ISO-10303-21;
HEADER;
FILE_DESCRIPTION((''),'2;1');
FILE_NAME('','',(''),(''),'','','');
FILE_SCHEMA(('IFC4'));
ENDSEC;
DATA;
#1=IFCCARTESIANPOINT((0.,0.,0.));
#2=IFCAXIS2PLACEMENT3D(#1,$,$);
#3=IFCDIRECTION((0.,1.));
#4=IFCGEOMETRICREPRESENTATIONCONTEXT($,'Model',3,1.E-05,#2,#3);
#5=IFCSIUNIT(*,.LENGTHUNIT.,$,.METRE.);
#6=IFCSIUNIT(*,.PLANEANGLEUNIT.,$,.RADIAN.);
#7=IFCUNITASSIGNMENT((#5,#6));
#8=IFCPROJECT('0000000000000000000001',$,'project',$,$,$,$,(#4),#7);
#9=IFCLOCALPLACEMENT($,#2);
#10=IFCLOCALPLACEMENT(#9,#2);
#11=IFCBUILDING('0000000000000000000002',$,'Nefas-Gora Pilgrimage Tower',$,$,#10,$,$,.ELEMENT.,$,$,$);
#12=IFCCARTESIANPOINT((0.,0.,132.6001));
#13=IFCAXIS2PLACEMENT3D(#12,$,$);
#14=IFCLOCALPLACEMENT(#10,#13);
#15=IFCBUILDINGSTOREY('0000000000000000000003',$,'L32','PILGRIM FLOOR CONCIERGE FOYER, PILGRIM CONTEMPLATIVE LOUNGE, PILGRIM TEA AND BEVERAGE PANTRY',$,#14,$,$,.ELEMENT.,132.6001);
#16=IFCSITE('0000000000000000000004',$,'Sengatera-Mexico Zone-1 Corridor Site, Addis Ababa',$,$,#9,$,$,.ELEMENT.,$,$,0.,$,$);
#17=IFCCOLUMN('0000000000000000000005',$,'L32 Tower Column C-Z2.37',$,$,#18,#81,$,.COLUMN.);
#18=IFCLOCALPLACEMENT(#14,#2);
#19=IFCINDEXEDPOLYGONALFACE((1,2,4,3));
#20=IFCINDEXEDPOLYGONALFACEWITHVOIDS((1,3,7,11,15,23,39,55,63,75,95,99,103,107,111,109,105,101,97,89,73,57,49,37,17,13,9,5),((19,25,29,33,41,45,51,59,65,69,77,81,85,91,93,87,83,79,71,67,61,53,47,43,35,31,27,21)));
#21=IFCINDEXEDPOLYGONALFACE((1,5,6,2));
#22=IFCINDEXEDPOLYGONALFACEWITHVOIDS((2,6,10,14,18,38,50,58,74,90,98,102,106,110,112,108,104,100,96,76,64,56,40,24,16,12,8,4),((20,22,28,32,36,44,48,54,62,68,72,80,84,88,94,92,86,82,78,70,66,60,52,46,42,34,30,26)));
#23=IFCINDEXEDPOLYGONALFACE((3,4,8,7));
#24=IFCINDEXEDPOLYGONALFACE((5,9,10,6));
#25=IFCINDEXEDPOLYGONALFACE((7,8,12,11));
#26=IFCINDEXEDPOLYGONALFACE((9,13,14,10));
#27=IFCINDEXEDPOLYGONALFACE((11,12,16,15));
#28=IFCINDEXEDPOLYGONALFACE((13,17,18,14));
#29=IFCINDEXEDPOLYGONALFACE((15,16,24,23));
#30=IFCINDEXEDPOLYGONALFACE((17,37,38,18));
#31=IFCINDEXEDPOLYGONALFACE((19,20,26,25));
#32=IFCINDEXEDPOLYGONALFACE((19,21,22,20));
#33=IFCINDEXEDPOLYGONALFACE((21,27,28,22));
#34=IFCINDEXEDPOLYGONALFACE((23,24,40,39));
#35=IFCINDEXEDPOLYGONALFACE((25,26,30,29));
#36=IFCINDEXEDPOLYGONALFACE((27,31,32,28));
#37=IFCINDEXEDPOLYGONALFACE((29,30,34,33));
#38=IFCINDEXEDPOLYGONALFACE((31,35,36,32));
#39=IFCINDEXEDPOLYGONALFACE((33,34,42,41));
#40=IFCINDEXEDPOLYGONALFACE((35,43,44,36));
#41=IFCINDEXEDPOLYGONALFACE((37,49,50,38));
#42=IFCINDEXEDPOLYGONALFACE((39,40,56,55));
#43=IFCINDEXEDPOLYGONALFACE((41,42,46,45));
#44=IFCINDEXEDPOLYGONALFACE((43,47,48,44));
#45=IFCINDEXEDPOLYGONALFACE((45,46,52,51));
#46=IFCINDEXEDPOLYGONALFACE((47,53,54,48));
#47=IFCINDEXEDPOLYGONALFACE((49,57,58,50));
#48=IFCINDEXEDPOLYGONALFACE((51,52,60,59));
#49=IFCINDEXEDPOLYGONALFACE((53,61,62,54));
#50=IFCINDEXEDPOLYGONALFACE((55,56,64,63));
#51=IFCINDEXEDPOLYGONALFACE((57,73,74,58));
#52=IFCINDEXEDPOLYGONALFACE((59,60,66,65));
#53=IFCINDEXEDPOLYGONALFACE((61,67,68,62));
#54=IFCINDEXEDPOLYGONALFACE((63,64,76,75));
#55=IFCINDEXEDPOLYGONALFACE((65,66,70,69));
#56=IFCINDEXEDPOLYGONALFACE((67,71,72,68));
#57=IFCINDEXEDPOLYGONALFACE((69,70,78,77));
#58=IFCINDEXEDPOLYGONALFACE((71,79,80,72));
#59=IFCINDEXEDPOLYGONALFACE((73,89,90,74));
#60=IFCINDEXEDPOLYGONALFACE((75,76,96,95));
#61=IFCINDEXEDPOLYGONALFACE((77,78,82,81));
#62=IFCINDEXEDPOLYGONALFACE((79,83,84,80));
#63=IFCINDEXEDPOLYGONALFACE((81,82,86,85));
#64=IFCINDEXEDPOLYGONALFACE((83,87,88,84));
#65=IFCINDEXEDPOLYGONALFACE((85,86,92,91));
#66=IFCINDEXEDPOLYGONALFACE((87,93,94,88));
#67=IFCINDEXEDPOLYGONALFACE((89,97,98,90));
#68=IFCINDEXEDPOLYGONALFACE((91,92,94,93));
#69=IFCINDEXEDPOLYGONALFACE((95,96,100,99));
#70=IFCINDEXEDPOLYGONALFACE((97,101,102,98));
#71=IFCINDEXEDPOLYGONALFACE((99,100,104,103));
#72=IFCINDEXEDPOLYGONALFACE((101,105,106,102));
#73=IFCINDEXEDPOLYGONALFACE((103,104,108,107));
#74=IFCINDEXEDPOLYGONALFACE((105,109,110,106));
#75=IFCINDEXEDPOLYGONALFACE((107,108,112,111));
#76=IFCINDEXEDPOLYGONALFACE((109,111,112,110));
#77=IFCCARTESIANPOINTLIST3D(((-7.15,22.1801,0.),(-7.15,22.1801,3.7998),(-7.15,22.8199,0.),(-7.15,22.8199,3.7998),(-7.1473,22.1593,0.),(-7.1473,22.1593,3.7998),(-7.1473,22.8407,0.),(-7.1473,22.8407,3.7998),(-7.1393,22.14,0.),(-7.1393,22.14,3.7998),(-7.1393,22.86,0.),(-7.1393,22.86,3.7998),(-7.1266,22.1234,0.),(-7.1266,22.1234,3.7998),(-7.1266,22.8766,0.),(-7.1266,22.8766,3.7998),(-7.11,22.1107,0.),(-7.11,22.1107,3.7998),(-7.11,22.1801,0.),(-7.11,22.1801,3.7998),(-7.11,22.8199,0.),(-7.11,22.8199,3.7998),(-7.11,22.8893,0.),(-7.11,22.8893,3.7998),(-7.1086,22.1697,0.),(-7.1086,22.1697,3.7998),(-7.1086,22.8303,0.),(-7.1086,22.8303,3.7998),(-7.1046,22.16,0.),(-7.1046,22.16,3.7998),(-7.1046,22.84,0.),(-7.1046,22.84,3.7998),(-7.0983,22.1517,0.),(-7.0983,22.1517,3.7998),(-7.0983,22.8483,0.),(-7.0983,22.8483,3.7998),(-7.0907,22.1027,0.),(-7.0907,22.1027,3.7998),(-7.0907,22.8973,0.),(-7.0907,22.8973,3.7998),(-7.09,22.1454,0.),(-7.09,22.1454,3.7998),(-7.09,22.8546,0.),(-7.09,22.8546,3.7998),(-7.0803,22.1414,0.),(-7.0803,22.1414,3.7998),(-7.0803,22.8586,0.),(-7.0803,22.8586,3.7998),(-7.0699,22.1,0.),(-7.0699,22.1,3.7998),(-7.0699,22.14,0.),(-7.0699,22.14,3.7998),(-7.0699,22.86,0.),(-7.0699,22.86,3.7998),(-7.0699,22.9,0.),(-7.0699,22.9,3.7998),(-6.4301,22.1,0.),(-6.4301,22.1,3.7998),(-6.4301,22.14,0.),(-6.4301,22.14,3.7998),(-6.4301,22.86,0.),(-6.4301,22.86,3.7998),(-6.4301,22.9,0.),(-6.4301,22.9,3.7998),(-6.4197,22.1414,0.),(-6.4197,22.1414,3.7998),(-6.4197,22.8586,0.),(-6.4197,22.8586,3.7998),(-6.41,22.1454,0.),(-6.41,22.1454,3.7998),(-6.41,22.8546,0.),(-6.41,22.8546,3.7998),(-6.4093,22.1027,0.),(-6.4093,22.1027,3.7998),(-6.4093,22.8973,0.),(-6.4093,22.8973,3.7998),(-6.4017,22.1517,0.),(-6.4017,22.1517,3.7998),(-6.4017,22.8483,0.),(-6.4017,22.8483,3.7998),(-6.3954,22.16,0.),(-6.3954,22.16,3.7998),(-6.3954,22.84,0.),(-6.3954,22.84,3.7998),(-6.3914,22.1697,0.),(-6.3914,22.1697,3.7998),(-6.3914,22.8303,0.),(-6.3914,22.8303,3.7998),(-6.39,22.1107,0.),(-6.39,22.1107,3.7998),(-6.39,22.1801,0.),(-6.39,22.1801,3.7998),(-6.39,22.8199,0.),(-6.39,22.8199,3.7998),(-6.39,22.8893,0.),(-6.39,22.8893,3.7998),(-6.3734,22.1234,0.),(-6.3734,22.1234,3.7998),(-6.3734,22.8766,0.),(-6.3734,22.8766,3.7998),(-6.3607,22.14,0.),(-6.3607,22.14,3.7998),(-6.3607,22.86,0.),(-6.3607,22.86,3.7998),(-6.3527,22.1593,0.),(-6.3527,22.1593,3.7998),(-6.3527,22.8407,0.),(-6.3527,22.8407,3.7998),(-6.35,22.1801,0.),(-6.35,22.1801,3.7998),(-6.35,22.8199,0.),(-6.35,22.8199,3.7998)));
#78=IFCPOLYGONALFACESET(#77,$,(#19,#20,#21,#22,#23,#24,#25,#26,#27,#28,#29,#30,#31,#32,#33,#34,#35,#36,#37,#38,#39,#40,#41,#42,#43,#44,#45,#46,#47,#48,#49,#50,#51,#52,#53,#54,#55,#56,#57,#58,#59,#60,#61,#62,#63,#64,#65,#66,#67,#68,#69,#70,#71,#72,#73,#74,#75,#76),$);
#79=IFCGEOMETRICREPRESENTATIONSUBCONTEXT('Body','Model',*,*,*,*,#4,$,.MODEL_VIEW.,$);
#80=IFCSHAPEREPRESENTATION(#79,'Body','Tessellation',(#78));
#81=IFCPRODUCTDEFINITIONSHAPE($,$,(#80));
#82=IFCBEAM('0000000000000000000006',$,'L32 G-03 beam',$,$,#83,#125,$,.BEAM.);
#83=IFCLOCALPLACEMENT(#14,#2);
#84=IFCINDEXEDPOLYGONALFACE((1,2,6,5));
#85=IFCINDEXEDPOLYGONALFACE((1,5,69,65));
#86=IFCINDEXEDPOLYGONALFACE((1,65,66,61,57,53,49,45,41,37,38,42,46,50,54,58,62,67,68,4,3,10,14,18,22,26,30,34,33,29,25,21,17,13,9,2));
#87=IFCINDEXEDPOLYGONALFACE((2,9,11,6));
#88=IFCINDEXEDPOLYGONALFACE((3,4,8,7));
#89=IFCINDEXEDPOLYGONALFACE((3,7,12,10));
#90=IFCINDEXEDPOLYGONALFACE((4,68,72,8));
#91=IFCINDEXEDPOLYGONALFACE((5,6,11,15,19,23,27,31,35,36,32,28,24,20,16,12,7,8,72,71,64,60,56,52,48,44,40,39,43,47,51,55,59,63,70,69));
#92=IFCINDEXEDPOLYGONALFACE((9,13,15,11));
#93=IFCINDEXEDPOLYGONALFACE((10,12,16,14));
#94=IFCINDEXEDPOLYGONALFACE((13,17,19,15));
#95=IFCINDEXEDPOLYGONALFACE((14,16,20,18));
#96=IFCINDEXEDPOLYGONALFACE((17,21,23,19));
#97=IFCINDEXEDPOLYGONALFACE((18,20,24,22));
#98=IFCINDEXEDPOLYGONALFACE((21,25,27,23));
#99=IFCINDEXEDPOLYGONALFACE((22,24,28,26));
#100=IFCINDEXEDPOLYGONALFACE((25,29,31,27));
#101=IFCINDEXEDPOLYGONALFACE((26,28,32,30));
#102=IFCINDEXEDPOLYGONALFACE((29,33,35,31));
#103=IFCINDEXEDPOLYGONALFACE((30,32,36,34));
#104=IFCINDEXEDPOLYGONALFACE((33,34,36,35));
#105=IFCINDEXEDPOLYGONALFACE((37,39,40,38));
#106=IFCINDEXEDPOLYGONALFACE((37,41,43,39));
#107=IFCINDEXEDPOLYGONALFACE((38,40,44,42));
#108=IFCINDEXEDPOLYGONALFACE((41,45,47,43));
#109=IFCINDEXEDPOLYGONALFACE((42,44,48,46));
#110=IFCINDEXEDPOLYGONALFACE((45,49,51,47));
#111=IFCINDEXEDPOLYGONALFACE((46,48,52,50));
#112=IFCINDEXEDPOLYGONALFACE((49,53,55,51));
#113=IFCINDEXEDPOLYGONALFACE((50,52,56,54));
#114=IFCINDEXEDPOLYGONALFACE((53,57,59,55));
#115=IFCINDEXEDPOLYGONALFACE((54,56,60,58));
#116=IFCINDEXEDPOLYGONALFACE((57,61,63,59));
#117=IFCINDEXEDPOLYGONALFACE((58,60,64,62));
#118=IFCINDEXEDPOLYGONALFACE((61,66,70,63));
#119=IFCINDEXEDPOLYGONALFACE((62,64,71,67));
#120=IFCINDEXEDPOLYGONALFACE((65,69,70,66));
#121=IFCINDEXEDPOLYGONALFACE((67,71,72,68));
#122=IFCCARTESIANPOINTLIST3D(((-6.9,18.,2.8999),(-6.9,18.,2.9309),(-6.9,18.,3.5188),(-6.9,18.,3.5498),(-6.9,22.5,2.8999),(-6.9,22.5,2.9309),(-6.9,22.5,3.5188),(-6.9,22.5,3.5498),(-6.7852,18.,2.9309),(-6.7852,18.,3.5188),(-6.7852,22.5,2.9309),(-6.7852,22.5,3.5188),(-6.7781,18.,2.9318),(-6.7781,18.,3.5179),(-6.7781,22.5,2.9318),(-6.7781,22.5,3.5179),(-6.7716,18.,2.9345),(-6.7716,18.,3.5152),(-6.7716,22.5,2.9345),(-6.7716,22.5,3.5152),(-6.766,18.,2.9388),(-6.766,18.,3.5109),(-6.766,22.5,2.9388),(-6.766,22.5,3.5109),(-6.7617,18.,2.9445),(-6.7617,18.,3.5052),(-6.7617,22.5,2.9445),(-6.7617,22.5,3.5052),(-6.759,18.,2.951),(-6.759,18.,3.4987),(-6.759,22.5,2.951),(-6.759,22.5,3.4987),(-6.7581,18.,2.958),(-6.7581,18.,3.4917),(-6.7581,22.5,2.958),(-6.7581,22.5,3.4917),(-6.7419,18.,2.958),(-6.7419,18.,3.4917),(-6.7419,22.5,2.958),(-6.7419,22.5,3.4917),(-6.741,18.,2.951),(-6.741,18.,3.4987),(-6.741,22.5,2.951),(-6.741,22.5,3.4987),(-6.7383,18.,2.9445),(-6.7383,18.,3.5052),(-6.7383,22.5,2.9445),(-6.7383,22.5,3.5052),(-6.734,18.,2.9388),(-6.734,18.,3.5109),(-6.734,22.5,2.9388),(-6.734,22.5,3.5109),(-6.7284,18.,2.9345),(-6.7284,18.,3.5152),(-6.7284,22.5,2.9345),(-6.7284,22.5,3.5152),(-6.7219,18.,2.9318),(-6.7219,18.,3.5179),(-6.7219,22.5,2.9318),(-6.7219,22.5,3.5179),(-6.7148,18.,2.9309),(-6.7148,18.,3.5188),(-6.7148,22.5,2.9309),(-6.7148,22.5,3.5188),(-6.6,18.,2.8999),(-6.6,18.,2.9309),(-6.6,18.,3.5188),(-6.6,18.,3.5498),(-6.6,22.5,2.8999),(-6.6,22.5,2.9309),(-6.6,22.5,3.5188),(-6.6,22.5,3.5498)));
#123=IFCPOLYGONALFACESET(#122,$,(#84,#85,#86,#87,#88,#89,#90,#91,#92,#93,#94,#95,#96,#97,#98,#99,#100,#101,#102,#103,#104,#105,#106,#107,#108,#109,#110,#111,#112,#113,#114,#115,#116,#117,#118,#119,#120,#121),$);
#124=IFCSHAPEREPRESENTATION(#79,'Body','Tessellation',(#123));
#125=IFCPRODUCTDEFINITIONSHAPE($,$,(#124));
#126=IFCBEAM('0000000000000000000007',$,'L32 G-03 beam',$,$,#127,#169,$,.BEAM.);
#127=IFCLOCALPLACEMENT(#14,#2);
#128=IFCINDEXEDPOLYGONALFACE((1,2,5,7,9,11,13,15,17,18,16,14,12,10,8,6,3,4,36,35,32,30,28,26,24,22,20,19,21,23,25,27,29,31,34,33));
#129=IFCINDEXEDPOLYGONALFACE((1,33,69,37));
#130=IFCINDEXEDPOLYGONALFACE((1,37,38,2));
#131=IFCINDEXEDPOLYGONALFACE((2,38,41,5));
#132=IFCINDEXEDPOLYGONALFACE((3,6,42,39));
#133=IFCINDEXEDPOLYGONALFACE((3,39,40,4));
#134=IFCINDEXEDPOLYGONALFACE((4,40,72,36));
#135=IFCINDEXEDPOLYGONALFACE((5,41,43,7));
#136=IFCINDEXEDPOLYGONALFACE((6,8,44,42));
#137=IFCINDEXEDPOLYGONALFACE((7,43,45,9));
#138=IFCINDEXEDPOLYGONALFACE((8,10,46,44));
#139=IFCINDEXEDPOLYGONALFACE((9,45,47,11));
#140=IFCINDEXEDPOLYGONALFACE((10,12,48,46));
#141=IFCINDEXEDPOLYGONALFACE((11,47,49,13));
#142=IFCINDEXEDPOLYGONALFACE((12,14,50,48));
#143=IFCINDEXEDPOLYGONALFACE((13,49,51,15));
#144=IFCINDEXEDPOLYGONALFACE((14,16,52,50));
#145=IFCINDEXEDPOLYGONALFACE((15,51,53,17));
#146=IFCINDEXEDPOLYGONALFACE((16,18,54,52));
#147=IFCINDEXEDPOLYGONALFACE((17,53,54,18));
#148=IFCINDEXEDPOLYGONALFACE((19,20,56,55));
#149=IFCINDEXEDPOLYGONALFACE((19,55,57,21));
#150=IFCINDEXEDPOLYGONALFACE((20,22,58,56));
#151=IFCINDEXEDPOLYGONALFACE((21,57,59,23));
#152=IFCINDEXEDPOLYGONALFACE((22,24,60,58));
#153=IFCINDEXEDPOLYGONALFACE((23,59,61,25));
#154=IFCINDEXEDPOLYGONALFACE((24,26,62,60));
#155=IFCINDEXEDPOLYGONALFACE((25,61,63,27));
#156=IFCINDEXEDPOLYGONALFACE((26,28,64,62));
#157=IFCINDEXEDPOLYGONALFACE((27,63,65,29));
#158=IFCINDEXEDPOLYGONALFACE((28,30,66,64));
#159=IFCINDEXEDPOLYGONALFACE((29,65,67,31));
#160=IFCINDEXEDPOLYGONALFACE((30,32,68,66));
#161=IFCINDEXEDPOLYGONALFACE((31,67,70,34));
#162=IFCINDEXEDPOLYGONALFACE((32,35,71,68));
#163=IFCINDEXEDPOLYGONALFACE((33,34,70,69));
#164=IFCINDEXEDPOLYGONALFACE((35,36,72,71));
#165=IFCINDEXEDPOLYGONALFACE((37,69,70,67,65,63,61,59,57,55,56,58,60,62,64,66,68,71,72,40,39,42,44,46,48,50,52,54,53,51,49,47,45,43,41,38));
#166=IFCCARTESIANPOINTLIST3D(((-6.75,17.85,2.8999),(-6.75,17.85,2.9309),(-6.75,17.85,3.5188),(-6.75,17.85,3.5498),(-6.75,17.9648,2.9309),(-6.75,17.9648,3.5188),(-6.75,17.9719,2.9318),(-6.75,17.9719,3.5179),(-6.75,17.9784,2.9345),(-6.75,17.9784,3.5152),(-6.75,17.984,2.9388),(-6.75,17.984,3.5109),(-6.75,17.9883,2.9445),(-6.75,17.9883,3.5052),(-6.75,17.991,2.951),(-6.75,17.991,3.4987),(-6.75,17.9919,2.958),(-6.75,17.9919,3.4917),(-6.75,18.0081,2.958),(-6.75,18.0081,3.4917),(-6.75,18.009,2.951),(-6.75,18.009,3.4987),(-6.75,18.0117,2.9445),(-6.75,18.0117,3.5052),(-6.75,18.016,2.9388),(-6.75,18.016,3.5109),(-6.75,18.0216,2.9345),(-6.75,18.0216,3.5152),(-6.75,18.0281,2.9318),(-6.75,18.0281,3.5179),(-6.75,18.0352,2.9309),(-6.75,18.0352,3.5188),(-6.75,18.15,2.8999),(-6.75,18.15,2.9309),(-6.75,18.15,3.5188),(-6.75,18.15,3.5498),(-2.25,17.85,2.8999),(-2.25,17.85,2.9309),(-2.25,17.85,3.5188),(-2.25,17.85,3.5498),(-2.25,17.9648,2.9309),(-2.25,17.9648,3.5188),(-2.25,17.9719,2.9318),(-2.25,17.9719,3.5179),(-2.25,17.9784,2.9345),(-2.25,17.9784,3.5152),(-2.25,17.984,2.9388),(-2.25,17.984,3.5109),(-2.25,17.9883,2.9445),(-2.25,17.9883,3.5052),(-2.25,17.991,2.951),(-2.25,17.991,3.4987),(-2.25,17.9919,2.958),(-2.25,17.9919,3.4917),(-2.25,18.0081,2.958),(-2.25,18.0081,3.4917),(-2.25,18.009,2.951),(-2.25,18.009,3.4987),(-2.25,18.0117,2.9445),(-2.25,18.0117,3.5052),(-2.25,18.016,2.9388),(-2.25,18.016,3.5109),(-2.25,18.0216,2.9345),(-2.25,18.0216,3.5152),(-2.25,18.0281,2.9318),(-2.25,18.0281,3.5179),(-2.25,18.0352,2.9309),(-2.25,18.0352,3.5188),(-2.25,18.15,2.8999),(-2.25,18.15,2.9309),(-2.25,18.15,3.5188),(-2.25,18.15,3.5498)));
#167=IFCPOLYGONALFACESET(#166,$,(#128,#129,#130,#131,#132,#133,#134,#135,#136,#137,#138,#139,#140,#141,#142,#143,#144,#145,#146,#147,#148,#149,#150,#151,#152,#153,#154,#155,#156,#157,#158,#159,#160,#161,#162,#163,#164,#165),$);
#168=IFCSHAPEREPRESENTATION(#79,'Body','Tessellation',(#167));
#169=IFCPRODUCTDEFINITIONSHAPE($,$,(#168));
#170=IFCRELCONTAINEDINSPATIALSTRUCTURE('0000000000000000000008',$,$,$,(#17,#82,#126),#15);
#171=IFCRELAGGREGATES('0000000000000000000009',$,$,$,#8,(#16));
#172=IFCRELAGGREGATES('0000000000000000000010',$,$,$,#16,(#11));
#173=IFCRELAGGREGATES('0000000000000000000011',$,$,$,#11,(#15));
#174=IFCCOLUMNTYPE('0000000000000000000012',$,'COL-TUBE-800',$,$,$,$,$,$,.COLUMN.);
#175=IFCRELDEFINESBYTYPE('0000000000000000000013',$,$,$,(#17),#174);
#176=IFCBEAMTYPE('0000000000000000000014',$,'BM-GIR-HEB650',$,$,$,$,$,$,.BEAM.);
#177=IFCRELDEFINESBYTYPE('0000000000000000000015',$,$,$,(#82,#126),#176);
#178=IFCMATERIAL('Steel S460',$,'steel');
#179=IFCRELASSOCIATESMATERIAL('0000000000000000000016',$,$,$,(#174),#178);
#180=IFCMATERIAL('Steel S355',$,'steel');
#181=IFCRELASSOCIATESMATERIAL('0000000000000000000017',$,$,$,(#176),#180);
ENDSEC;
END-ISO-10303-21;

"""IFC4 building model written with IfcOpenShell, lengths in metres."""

from ifc_helpers import new_model, si_unit, direction, frame, origin, origin_2d, place, context, subcontext, project, spatial, hollow_rectangle, i_section, extrude, source, transform, mapped, material, material_profile, profile_set, type_object, element, save


model = new_model("IFC4")

# Units and contexts
model_context = context("Model", 3, precision=1e-05, world=origin(), true_north=direction((0.0, 1.0)))
body_context = subcontext(model_context, "Body", "Model", "MODEL_VIEW")
ifc_project = project(units=[si_unit("LENGTHUNIT", "METRE"), si_unit("PLANEANGLEUNIT", "RADIAN")], contexts=[model_context])

# Site, building, storey
site_placement = place(None, origin())
site = spatial("IfcSite", under=ifc_project, at=site_placement, Name="Sengatera-Mexico Zone-1 Corridor Site, Addis Ababa", CompositionType="ELEMENT", RefElevation=0.0)
building_placement = place(site_placement, origin())
building = spatial("IfcBuilding", under=site, at=building_placement, Name="Nefas-Gora Pilgrimage Tower", CompositionType="ELEMENT")
storey_placement = place(building_placement, frame((0.0, 0.0, 132.6001)))
storey = spatial("IfcBuildingStorey", under=building, at=storey_placement, Name="L32", Description="PILGRIM FLOOR CONCIERGE FOYER, PILGRIM CONTEMPLATIVE LOUNGE, PILGRIM TEA AND BEVERAGE PANTRY", CompositionType="ELEMENT", Elevation=132.6001)

# Column
ifc_material_1 = material(Name="Steel S460", Category="steel")
ifc_material_profile_1 = material_profile(ifc_material_1, hollow_rectangle(XDim=0.8, YDim=0.8, WallThickness=0.04, InnerFilletRadius=0.04, OuterFilletRadius=0.0801, at=origin_2d()), Name="BOX 800x800x40")
ifc_profile_set_1 = profile_set([ifc_material_profile_1], Name="Steel S460")
column_type_1 = type_object("IfcColumnType", Name="COL-TUBE-800", PredefinedType="COLUMN", material=ifc_profile_set_1)
shared_shape_1 = source(origin(), body_context, "Body", "SweptSolid", [
    extrude(hollow_rectangle(XDim=0.8, YDim=0.8, WallThickness=0.04, InnerFilletRadius=0.04, OuterFilletRadius=0.0801, at=origin_2d()), origin(), (0.0, 0.0, 1.0), 3.7998),
])
column_placement = place(storey_placement, frame((-6.75, 22.5, 0.0), z_axis=(0.0, 0.0, 1.0), x_axis=(1.0, 0.0, 0.0)))
element("IfcColumn", 1, at=column_placement, inside=storey, type_object=column_type_1, Name="L32 Tower Column C-Z2.37", PredefinedType="COLUMN", context=body_context, shape_type="MappedRepresentation", body=[
    mapped(shared_shape_1, transform((0.0, 0.0, 0.0), x_axis=(1.0, 0.0, 0.0), y_axis=(0.0, 1.0, 0.0), z_axis=(0.0, 0.0, 1.0), scale=1.0)),
])

# Beams
ifc_material_2 = material(Name="Steel S355", Category="steel")
ifc_material_profile_2 = material_profile(ifc_material_2, i_section(OverallWidth=0.3, OverallDepth=0.6499, WebThickness=0.0161, FlangeThickness=0.031, FilletRadius=0.0271, at=origin_2d()), Name="HEB 650")
ifc_profile_set_2 = profile_set([ifc_material_profile_2], Name="Steel S355")
beam_type = type_object("IfcBeamType", Name="BM-GIR-HEB650", PredefinedType="BEAM", material=ifc_profile_set_2)
shared_shape_2 = source(origin(), body_context, "Body", "SweptSolid", [
    extrude(i_section(OverallWidth=0.3, OverallDepth=0.6499, WebThickness=0.0161, FlangeThickness=0.031, FilletRadius=0.0271, at=origin_2d()), origin(), (0.0, 0.0, 1.0), 4.5),
])
for number, where, z_axis, x_axis, name in (
    (2, (-6.75, 18.0, 3.2249), (0.0, 1.0, 0.0), (-1.0, 0.0, 0.0), "L32 G-03 beam"),
    (3, (-6.75, 18.0, 3.2249), (1.0, 0.0, 0.0), (0.0, 1.0, 0.0), "L32 G-03 beam"),
):
    element("IfcBeam", number, at=place(storey_placement, frame(where, z_axis=z_axis, x_axis=x_axis)), inside=storey, type_object=beam_type, Name=name, PredefinedType="BEAM", context=body_context, shape_type="MappedRepresentation", body=[
        mapped(shared_shape_2, transform((0.0, 0.0, 0.0), x_axis=(1.0, 0.0, 0.0), y_axis=(0.0, 1.0, 0.0), z_axis=(0.0, 0.0, 1.0), scale=1.0)),
    ])

save(model, "model.ifc")
